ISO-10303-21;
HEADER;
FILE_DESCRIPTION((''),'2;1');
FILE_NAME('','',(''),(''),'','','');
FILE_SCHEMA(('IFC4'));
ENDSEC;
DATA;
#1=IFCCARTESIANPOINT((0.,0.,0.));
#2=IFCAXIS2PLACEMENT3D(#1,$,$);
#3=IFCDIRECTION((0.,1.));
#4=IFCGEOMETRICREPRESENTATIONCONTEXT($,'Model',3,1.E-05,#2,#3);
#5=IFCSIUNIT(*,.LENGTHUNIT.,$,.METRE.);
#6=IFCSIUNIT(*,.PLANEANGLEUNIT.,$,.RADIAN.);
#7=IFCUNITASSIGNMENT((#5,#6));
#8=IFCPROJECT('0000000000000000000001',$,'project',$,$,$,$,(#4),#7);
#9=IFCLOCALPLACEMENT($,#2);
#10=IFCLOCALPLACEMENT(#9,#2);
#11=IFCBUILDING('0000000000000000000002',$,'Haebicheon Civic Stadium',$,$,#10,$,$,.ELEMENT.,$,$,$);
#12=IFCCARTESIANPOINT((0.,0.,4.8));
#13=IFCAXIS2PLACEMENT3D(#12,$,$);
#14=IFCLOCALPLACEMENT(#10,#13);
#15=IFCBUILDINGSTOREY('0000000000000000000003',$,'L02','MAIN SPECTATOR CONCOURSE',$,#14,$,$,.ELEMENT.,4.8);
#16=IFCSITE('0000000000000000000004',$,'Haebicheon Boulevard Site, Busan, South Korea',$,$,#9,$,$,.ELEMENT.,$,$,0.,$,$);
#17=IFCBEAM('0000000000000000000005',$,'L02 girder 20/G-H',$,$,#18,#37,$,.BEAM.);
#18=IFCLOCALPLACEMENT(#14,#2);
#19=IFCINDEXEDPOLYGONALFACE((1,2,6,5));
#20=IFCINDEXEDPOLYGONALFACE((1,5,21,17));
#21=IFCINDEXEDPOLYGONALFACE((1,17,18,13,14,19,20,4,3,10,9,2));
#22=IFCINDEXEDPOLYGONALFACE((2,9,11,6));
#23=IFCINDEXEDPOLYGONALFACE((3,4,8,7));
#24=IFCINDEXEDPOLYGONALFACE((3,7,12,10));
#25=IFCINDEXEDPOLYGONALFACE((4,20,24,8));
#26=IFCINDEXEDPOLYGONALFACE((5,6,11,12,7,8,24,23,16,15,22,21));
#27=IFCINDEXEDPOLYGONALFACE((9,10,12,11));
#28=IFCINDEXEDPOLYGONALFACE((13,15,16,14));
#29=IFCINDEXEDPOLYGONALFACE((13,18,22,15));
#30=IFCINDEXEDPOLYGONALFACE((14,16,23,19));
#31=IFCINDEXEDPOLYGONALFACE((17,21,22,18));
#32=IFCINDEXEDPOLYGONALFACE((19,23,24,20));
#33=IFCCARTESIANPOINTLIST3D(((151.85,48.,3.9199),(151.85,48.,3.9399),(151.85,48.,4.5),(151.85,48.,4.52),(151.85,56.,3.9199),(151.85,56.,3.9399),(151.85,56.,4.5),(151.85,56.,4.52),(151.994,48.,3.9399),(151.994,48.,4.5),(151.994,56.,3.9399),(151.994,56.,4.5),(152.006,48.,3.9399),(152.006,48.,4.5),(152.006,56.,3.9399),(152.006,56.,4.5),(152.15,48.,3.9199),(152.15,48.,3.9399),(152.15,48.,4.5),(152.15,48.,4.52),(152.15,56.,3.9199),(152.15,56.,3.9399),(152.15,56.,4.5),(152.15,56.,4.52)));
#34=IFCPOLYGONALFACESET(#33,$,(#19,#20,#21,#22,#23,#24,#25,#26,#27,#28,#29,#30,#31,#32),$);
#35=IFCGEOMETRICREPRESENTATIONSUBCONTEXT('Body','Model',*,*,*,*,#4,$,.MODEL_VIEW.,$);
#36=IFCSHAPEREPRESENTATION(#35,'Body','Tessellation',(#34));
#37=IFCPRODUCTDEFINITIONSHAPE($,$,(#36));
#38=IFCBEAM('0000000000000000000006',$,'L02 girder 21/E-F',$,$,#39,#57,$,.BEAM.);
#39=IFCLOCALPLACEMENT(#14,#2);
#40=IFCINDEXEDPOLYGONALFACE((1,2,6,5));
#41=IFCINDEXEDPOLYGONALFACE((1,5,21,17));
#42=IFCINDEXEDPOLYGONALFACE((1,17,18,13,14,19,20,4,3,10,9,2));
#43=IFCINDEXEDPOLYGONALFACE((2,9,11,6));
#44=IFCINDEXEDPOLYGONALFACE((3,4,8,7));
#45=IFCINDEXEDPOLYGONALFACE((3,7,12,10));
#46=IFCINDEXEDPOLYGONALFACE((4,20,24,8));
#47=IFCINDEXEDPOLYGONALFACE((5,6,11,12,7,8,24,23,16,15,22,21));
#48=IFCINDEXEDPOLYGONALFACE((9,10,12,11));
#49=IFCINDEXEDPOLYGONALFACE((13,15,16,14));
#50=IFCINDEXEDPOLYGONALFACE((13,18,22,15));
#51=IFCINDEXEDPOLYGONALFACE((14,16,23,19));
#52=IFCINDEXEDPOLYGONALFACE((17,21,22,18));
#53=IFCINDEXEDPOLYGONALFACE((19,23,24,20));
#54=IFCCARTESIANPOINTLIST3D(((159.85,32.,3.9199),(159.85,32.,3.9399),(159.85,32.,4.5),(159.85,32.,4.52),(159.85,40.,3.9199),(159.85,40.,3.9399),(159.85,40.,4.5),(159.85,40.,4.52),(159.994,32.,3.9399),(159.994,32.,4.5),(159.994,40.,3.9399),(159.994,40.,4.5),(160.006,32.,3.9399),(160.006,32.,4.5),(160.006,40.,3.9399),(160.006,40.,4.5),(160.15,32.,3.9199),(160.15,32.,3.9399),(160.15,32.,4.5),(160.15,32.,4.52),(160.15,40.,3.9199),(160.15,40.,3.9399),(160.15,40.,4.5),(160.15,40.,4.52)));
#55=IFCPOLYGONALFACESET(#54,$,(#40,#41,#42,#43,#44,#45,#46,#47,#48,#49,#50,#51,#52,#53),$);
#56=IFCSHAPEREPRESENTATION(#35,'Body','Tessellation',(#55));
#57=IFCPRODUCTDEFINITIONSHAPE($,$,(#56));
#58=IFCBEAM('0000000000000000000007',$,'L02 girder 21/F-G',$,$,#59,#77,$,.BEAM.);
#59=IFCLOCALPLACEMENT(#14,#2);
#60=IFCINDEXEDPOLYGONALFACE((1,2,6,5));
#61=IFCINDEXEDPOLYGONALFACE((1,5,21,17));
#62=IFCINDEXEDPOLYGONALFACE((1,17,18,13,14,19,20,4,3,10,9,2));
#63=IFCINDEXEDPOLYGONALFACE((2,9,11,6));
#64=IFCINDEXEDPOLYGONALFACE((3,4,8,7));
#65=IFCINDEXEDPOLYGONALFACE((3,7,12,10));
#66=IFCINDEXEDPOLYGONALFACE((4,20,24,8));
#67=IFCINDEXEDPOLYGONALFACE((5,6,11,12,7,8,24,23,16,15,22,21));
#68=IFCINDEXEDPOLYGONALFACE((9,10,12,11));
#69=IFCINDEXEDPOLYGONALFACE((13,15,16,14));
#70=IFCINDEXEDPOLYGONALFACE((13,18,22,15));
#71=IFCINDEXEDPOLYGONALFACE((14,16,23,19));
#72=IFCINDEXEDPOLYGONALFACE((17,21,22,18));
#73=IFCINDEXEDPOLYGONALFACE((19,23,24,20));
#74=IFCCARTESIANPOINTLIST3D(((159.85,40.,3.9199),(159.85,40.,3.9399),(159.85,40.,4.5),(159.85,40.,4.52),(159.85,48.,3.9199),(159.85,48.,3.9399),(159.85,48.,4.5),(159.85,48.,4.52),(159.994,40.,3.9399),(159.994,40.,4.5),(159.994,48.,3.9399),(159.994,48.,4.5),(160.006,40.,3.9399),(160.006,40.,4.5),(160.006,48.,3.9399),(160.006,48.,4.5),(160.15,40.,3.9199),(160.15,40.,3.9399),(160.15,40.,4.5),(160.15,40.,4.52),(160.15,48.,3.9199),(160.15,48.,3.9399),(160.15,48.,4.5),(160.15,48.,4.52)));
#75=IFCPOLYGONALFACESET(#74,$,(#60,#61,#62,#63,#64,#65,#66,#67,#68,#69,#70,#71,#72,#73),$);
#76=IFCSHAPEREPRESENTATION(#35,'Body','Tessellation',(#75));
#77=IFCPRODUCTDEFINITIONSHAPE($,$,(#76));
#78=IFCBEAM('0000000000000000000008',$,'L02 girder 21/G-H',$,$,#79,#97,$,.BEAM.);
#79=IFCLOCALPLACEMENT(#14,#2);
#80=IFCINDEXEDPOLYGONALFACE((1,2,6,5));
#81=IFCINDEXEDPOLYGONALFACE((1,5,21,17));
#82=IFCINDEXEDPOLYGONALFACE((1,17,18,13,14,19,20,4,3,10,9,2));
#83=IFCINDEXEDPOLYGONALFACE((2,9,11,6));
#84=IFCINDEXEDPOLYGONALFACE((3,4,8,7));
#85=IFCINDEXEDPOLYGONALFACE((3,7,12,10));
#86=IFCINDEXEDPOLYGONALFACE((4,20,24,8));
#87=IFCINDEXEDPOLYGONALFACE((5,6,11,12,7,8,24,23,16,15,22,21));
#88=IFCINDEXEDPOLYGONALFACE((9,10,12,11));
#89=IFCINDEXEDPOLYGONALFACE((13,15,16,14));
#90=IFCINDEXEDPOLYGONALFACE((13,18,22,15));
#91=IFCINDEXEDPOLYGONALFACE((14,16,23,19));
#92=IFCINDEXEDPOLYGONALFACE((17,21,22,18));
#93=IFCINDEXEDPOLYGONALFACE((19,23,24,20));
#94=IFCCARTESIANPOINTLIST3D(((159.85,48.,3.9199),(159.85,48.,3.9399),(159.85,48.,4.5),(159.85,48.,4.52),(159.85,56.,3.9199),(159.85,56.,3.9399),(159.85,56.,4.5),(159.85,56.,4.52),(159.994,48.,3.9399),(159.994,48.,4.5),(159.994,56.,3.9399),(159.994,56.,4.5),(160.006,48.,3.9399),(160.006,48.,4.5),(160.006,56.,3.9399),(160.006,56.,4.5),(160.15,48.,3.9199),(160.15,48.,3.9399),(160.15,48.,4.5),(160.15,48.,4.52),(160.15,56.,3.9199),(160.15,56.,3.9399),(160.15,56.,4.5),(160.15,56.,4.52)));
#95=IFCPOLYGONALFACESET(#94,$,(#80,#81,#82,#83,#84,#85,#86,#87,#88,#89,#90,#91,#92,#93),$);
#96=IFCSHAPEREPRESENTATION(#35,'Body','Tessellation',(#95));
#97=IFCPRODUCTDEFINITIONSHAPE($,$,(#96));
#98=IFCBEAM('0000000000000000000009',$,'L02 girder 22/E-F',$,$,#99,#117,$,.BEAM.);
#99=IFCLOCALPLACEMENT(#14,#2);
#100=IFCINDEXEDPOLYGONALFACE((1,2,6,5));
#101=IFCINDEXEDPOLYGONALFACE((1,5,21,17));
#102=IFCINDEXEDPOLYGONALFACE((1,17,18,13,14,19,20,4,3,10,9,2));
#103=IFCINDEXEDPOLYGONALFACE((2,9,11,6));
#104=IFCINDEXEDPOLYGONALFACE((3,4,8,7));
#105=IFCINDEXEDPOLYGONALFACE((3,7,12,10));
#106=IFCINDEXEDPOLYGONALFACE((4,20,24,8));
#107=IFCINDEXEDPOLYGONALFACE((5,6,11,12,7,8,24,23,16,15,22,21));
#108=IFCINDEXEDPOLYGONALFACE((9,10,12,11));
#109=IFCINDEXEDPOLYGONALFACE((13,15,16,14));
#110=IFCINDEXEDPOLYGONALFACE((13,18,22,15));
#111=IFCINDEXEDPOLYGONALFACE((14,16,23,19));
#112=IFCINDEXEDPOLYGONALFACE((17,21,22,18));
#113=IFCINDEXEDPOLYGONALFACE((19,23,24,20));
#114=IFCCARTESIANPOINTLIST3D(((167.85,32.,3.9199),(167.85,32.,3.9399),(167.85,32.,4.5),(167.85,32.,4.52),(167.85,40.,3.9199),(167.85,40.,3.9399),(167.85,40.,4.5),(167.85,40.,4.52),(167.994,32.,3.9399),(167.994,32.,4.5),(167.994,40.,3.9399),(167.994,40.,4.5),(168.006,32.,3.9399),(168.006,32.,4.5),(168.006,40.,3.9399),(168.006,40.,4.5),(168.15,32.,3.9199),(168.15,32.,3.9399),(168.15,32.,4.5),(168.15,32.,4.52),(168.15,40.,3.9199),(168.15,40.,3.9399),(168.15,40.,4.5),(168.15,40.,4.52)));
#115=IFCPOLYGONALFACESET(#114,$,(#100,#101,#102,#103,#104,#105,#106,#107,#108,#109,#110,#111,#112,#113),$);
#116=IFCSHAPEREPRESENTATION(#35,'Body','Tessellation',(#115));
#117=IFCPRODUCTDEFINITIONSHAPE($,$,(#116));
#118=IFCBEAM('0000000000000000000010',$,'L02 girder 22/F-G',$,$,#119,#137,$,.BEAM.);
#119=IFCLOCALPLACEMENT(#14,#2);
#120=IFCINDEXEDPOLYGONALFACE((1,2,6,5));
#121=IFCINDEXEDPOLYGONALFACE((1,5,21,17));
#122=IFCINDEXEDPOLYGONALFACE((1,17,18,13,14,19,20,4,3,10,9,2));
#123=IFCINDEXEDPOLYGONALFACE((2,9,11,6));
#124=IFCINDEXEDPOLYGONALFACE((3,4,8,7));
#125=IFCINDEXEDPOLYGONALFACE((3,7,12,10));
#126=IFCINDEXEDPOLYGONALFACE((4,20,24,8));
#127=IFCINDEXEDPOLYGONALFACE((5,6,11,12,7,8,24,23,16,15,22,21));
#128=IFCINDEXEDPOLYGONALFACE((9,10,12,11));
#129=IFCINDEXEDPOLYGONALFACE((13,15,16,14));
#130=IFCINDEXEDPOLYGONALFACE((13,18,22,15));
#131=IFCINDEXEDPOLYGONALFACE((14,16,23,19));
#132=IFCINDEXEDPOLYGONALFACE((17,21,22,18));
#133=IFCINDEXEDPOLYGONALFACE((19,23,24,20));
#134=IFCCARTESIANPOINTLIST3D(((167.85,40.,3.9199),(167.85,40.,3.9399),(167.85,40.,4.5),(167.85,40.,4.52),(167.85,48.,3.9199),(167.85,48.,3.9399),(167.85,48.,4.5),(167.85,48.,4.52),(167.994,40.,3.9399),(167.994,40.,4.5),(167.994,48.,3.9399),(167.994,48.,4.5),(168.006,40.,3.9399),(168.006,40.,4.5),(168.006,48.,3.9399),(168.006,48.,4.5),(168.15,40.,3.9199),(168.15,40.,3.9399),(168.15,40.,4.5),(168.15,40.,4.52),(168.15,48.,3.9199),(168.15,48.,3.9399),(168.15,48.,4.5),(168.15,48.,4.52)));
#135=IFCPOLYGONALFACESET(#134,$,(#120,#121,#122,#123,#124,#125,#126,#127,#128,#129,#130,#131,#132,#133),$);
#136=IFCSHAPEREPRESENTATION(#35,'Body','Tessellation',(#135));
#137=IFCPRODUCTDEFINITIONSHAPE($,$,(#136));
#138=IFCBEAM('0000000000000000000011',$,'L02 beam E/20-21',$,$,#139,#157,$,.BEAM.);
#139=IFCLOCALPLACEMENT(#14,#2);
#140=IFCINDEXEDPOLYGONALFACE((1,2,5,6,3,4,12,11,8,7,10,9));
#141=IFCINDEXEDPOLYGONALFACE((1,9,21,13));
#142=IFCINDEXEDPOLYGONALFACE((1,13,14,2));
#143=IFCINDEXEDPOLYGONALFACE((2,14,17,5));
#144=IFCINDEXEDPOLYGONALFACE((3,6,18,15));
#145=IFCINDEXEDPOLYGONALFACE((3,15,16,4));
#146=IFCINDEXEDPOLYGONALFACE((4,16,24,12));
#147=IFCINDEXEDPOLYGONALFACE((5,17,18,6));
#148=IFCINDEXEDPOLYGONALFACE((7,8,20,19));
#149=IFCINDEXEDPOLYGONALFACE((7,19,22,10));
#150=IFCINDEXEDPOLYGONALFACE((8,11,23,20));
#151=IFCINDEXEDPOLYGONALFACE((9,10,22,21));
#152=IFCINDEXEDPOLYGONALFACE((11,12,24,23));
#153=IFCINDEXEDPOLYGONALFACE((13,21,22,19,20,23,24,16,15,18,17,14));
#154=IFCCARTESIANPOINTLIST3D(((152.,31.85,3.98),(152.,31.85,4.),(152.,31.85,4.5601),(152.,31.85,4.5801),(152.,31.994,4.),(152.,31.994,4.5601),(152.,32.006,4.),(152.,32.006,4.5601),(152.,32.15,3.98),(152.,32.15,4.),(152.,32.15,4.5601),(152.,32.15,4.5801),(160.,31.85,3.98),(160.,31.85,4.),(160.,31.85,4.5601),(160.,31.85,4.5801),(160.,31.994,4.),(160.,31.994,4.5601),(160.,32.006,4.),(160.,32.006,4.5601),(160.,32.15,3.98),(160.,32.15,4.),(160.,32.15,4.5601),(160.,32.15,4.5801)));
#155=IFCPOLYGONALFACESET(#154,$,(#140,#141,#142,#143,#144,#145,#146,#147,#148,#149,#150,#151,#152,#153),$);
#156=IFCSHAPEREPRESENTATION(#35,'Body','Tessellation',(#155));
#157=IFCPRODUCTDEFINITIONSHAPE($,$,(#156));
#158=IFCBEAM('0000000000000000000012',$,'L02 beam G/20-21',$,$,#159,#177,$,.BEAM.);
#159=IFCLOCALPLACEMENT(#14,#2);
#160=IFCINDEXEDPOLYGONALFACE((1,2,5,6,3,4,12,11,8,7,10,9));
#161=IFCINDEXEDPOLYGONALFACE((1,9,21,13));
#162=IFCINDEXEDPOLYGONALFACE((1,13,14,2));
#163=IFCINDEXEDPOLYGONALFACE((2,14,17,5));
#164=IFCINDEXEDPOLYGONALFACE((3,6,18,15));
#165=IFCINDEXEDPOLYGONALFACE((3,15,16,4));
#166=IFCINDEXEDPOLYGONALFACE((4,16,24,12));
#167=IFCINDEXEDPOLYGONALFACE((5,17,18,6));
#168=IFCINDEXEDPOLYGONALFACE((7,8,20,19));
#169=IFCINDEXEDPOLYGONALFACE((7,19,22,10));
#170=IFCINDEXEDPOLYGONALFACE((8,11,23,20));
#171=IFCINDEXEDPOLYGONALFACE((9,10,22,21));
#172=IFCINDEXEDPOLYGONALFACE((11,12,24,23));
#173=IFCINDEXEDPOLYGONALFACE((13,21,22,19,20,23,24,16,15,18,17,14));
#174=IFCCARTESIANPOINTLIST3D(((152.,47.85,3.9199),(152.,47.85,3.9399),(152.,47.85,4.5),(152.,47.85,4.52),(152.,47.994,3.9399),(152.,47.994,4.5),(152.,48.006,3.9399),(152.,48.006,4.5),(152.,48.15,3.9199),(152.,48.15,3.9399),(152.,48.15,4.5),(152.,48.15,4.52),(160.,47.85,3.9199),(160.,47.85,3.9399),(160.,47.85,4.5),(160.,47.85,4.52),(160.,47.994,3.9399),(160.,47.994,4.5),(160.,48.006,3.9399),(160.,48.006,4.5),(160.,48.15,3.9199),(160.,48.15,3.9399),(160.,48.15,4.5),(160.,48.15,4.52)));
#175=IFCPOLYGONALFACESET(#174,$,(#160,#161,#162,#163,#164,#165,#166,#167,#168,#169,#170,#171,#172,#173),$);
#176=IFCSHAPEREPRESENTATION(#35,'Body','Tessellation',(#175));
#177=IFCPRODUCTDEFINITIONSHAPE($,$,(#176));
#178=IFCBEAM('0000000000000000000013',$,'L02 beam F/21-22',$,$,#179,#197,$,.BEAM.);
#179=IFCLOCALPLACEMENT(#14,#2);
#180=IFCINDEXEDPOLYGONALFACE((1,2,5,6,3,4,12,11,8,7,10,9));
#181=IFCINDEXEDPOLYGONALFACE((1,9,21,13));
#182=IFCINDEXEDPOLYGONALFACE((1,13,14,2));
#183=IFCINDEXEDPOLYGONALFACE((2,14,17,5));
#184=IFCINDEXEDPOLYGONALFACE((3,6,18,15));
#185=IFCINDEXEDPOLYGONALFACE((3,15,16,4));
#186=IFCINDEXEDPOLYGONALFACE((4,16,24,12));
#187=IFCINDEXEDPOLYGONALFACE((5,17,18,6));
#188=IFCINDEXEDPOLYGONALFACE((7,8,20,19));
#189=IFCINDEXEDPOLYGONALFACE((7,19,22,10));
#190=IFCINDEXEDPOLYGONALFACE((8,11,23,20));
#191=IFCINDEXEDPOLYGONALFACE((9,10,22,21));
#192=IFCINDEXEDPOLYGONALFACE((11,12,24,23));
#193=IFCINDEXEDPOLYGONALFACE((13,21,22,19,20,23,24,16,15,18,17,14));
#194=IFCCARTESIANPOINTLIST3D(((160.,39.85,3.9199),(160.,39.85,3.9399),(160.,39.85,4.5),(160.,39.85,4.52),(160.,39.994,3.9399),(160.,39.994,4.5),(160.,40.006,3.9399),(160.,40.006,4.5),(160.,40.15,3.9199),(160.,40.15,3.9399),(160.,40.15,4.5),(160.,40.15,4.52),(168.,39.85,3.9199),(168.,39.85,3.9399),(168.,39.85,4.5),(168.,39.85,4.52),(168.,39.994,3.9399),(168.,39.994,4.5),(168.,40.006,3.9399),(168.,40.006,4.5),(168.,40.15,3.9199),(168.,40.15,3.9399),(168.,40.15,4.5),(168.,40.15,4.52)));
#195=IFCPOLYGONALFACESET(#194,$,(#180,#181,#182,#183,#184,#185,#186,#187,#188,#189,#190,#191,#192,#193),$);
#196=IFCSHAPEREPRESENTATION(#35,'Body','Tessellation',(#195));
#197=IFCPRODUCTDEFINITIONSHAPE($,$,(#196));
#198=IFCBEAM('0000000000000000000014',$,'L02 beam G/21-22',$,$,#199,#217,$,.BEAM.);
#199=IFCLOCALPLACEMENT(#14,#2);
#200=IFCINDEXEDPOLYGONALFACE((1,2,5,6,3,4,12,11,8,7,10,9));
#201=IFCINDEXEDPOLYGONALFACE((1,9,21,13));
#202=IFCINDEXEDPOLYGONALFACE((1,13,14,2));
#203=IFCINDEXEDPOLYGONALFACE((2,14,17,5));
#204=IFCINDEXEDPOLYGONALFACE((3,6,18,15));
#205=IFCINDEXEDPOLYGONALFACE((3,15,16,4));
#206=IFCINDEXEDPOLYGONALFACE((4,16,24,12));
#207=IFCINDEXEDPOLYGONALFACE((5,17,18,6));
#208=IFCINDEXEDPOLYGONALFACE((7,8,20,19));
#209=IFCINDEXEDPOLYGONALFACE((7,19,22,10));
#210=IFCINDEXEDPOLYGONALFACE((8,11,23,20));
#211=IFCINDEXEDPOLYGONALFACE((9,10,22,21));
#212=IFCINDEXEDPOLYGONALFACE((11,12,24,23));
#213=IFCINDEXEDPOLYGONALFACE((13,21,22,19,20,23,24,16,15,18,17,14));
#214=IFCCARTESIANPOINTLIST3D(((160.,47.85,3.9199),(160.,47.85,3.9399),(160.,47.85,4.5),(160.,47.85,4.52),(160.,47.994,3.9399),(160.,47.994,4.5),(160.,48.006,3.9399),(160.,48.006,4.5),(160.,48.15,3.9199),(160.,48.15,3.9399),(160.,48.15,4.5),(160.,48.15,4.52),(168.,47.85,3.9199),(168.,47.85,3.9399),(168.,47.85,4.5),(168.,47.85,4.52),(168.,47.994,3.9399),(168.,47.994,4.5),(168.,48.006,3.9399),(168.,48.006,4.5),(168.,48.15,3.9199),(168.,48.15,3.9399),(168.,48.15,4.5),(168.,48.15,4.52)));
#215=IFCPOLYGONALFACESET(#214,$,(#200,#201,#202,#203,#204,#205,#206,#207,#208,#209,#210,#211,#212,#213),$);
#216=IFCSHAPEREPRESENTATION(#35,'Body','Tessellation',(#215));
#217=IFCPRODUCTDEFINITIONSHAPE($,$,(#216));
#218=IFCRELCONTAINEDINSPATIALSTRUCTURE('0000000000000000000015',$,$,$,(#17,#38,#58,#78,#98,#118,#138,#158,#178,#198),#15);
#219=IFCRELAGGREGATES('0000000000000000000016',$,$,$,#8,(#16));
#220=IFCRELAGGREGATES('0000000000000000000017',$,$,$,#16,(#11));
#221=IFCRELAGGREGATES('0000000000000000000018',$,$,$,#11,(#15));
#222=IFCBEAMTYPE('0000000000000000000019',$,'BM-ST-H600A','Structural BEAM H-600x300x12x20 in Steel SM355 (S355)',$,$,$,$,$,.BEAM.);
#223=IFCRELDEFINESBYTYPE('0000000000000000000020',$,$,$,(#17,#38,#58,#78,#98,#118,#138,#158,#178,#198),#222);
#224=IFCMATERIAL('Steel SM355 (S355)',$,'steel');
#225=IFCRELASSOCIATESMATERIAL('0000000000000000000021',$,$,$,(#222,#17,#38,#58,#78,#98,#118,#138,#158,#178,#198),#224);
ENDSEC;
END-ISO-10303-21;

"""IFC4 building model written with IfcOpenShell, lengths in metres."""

from ifc_helpers import new_model, si_unit, direction, frame, origin, origin_2d, place, context, subcontext, project, spatial, i_section, extrude, material, material_profile, profile_set, type_object, element, save


model = new_model("IFC4")

# Units and contexts
model_context = context("Model", 3, precision=1e-05, world=origin(), true_north=direction((0.0, 1.0)))
body_context = subcontext(model_context, "Body", "Model", "MODEL_VIEW")
ifc_project = project(units=[si_unit("LENGTHUNIT", "METRE"), si_unit("PLANEANGLEUNIT", "RADIAN")], contexts=[model_context])

# Site, building, storey
site_placement = place(None, origin())
site = spatial("IfcSite", under=ifc_project, at=site_placement, Name="Haebicheon Boulevard Site, Busan, South Korea", CompositionType="ELEMENT", RefElevation=0.0)
building_placement = place(site_placement, origin())
building = spatial("IfcBuilding", under=site, at=building_placement, Name="Haebicheon Civic Stadium", CompositionType="ELEMENT")
storey_placement = place(building_placement, frame((0.0, 0.0, 4.8)))
storey = spatial("IfcBuildingStorey", under=building, at=storey_placement, Name="L02", Description="MAIN SPECTATOR CONCOURSE", CompositionType="ELEMENT", Elevation=4.8)

# Beams
ifc_material_1 = material(Name="Steel SM355 (S355)", Category="steel")
ifc_material_profile_1 = material_profile(ifc_material_1, i_section(OverallWidth=0.3, OverallDepth=0.6001, WebThickness=0.012, FlangeThickness=0.02, at=origin_2d()), Name="H-600x300x12x20")
ifc_profile_set_1 = profile_set([ifc_material_profile_1], Name="Steel SM355 (S355)")
beam_type_1 = type_object("IfcBeamType", Name="BM-ST-H600A", Description="Structural BEAM H-600x300x12x20 in Steel SM355 (S355)", PredefinedType="BEAM", material=ifc_profile_set_1)
for number, where, z_axis, x_axis, name in (
    (1, (152.0, 48.0, 4.22), (0.0, 1.0, 0.0), (-1.0, 0.0, 0.0), "L02 girder 20/G-H"),
    (2, (160.0, 32.0, 4.22), (0.0, 1.0, 0.0), (-1.0, 0.0, 0.0), "L02 girder 21/E-F"),
    (3, (160.0, 40.0, 4.22), (0.0, 1.0, 0.0), (-1.0, 0.0, 0.0), "L02 girder 21/F-G"),
    (4, (160.0, 48.0, 4.22), (0.0, 1.0, 0.0), (-1.0, 0.0, 0.0), "L02 girder 21/G-H"),
    (5, (168.0, 32.0, 4.22), (0.0, 1.0, 0.0), (-1.0, 0.0, 0.0), "L02 girder 22/E-F"),
    (6, (168.0, 40.0, 4.22), (0.0, 1.0, 0.0), (-1.0, 0.0, 0.0), "L02 girder 22/F-G"),
    (7, (152.0, 32.0, 4.28), (1.0, 0.0, 0.0), (0.0, 1.0, 0.0), "L02 beam E/20-21"),
    (8, (152.0, 48.0, 4.22), (1.0, 0.0, 0.0), (0.0, 1.0, 0.0), "L02 beam G/20-21"),
    (9, (160.0, 40.0, 4.22), (1.0, 0.0, 0.0), (0.0, 1.0, 0.0), "L02 beam F/21-22"),
    (10, (160.0, 48.0, 4.22), (1.0, 0.0, 0.0), (0.0, 1.0, 0.0), "L02 beam G/21-22"),
):
    element("IfcBeam", number, at=place(storey_placement, frame(where, z_axis=z_axis, x_axis=x_axis)), inside=storey, type_object=beam_type_1, material=ifc_profile_set_1, Name=name, PredefinedType="BEAM", context=body_context, shape_type="SweptSolid", body=[
        extrude(i_section(OverallWidth=0.3, OverallDepth=0.6001, WebThickness=0.012, FlangeThickness=0.02, at=origin_2d()), origin(), (0.0, 0.0, 1.0), 8.0),
    ])

save(model, "model.ifc")
